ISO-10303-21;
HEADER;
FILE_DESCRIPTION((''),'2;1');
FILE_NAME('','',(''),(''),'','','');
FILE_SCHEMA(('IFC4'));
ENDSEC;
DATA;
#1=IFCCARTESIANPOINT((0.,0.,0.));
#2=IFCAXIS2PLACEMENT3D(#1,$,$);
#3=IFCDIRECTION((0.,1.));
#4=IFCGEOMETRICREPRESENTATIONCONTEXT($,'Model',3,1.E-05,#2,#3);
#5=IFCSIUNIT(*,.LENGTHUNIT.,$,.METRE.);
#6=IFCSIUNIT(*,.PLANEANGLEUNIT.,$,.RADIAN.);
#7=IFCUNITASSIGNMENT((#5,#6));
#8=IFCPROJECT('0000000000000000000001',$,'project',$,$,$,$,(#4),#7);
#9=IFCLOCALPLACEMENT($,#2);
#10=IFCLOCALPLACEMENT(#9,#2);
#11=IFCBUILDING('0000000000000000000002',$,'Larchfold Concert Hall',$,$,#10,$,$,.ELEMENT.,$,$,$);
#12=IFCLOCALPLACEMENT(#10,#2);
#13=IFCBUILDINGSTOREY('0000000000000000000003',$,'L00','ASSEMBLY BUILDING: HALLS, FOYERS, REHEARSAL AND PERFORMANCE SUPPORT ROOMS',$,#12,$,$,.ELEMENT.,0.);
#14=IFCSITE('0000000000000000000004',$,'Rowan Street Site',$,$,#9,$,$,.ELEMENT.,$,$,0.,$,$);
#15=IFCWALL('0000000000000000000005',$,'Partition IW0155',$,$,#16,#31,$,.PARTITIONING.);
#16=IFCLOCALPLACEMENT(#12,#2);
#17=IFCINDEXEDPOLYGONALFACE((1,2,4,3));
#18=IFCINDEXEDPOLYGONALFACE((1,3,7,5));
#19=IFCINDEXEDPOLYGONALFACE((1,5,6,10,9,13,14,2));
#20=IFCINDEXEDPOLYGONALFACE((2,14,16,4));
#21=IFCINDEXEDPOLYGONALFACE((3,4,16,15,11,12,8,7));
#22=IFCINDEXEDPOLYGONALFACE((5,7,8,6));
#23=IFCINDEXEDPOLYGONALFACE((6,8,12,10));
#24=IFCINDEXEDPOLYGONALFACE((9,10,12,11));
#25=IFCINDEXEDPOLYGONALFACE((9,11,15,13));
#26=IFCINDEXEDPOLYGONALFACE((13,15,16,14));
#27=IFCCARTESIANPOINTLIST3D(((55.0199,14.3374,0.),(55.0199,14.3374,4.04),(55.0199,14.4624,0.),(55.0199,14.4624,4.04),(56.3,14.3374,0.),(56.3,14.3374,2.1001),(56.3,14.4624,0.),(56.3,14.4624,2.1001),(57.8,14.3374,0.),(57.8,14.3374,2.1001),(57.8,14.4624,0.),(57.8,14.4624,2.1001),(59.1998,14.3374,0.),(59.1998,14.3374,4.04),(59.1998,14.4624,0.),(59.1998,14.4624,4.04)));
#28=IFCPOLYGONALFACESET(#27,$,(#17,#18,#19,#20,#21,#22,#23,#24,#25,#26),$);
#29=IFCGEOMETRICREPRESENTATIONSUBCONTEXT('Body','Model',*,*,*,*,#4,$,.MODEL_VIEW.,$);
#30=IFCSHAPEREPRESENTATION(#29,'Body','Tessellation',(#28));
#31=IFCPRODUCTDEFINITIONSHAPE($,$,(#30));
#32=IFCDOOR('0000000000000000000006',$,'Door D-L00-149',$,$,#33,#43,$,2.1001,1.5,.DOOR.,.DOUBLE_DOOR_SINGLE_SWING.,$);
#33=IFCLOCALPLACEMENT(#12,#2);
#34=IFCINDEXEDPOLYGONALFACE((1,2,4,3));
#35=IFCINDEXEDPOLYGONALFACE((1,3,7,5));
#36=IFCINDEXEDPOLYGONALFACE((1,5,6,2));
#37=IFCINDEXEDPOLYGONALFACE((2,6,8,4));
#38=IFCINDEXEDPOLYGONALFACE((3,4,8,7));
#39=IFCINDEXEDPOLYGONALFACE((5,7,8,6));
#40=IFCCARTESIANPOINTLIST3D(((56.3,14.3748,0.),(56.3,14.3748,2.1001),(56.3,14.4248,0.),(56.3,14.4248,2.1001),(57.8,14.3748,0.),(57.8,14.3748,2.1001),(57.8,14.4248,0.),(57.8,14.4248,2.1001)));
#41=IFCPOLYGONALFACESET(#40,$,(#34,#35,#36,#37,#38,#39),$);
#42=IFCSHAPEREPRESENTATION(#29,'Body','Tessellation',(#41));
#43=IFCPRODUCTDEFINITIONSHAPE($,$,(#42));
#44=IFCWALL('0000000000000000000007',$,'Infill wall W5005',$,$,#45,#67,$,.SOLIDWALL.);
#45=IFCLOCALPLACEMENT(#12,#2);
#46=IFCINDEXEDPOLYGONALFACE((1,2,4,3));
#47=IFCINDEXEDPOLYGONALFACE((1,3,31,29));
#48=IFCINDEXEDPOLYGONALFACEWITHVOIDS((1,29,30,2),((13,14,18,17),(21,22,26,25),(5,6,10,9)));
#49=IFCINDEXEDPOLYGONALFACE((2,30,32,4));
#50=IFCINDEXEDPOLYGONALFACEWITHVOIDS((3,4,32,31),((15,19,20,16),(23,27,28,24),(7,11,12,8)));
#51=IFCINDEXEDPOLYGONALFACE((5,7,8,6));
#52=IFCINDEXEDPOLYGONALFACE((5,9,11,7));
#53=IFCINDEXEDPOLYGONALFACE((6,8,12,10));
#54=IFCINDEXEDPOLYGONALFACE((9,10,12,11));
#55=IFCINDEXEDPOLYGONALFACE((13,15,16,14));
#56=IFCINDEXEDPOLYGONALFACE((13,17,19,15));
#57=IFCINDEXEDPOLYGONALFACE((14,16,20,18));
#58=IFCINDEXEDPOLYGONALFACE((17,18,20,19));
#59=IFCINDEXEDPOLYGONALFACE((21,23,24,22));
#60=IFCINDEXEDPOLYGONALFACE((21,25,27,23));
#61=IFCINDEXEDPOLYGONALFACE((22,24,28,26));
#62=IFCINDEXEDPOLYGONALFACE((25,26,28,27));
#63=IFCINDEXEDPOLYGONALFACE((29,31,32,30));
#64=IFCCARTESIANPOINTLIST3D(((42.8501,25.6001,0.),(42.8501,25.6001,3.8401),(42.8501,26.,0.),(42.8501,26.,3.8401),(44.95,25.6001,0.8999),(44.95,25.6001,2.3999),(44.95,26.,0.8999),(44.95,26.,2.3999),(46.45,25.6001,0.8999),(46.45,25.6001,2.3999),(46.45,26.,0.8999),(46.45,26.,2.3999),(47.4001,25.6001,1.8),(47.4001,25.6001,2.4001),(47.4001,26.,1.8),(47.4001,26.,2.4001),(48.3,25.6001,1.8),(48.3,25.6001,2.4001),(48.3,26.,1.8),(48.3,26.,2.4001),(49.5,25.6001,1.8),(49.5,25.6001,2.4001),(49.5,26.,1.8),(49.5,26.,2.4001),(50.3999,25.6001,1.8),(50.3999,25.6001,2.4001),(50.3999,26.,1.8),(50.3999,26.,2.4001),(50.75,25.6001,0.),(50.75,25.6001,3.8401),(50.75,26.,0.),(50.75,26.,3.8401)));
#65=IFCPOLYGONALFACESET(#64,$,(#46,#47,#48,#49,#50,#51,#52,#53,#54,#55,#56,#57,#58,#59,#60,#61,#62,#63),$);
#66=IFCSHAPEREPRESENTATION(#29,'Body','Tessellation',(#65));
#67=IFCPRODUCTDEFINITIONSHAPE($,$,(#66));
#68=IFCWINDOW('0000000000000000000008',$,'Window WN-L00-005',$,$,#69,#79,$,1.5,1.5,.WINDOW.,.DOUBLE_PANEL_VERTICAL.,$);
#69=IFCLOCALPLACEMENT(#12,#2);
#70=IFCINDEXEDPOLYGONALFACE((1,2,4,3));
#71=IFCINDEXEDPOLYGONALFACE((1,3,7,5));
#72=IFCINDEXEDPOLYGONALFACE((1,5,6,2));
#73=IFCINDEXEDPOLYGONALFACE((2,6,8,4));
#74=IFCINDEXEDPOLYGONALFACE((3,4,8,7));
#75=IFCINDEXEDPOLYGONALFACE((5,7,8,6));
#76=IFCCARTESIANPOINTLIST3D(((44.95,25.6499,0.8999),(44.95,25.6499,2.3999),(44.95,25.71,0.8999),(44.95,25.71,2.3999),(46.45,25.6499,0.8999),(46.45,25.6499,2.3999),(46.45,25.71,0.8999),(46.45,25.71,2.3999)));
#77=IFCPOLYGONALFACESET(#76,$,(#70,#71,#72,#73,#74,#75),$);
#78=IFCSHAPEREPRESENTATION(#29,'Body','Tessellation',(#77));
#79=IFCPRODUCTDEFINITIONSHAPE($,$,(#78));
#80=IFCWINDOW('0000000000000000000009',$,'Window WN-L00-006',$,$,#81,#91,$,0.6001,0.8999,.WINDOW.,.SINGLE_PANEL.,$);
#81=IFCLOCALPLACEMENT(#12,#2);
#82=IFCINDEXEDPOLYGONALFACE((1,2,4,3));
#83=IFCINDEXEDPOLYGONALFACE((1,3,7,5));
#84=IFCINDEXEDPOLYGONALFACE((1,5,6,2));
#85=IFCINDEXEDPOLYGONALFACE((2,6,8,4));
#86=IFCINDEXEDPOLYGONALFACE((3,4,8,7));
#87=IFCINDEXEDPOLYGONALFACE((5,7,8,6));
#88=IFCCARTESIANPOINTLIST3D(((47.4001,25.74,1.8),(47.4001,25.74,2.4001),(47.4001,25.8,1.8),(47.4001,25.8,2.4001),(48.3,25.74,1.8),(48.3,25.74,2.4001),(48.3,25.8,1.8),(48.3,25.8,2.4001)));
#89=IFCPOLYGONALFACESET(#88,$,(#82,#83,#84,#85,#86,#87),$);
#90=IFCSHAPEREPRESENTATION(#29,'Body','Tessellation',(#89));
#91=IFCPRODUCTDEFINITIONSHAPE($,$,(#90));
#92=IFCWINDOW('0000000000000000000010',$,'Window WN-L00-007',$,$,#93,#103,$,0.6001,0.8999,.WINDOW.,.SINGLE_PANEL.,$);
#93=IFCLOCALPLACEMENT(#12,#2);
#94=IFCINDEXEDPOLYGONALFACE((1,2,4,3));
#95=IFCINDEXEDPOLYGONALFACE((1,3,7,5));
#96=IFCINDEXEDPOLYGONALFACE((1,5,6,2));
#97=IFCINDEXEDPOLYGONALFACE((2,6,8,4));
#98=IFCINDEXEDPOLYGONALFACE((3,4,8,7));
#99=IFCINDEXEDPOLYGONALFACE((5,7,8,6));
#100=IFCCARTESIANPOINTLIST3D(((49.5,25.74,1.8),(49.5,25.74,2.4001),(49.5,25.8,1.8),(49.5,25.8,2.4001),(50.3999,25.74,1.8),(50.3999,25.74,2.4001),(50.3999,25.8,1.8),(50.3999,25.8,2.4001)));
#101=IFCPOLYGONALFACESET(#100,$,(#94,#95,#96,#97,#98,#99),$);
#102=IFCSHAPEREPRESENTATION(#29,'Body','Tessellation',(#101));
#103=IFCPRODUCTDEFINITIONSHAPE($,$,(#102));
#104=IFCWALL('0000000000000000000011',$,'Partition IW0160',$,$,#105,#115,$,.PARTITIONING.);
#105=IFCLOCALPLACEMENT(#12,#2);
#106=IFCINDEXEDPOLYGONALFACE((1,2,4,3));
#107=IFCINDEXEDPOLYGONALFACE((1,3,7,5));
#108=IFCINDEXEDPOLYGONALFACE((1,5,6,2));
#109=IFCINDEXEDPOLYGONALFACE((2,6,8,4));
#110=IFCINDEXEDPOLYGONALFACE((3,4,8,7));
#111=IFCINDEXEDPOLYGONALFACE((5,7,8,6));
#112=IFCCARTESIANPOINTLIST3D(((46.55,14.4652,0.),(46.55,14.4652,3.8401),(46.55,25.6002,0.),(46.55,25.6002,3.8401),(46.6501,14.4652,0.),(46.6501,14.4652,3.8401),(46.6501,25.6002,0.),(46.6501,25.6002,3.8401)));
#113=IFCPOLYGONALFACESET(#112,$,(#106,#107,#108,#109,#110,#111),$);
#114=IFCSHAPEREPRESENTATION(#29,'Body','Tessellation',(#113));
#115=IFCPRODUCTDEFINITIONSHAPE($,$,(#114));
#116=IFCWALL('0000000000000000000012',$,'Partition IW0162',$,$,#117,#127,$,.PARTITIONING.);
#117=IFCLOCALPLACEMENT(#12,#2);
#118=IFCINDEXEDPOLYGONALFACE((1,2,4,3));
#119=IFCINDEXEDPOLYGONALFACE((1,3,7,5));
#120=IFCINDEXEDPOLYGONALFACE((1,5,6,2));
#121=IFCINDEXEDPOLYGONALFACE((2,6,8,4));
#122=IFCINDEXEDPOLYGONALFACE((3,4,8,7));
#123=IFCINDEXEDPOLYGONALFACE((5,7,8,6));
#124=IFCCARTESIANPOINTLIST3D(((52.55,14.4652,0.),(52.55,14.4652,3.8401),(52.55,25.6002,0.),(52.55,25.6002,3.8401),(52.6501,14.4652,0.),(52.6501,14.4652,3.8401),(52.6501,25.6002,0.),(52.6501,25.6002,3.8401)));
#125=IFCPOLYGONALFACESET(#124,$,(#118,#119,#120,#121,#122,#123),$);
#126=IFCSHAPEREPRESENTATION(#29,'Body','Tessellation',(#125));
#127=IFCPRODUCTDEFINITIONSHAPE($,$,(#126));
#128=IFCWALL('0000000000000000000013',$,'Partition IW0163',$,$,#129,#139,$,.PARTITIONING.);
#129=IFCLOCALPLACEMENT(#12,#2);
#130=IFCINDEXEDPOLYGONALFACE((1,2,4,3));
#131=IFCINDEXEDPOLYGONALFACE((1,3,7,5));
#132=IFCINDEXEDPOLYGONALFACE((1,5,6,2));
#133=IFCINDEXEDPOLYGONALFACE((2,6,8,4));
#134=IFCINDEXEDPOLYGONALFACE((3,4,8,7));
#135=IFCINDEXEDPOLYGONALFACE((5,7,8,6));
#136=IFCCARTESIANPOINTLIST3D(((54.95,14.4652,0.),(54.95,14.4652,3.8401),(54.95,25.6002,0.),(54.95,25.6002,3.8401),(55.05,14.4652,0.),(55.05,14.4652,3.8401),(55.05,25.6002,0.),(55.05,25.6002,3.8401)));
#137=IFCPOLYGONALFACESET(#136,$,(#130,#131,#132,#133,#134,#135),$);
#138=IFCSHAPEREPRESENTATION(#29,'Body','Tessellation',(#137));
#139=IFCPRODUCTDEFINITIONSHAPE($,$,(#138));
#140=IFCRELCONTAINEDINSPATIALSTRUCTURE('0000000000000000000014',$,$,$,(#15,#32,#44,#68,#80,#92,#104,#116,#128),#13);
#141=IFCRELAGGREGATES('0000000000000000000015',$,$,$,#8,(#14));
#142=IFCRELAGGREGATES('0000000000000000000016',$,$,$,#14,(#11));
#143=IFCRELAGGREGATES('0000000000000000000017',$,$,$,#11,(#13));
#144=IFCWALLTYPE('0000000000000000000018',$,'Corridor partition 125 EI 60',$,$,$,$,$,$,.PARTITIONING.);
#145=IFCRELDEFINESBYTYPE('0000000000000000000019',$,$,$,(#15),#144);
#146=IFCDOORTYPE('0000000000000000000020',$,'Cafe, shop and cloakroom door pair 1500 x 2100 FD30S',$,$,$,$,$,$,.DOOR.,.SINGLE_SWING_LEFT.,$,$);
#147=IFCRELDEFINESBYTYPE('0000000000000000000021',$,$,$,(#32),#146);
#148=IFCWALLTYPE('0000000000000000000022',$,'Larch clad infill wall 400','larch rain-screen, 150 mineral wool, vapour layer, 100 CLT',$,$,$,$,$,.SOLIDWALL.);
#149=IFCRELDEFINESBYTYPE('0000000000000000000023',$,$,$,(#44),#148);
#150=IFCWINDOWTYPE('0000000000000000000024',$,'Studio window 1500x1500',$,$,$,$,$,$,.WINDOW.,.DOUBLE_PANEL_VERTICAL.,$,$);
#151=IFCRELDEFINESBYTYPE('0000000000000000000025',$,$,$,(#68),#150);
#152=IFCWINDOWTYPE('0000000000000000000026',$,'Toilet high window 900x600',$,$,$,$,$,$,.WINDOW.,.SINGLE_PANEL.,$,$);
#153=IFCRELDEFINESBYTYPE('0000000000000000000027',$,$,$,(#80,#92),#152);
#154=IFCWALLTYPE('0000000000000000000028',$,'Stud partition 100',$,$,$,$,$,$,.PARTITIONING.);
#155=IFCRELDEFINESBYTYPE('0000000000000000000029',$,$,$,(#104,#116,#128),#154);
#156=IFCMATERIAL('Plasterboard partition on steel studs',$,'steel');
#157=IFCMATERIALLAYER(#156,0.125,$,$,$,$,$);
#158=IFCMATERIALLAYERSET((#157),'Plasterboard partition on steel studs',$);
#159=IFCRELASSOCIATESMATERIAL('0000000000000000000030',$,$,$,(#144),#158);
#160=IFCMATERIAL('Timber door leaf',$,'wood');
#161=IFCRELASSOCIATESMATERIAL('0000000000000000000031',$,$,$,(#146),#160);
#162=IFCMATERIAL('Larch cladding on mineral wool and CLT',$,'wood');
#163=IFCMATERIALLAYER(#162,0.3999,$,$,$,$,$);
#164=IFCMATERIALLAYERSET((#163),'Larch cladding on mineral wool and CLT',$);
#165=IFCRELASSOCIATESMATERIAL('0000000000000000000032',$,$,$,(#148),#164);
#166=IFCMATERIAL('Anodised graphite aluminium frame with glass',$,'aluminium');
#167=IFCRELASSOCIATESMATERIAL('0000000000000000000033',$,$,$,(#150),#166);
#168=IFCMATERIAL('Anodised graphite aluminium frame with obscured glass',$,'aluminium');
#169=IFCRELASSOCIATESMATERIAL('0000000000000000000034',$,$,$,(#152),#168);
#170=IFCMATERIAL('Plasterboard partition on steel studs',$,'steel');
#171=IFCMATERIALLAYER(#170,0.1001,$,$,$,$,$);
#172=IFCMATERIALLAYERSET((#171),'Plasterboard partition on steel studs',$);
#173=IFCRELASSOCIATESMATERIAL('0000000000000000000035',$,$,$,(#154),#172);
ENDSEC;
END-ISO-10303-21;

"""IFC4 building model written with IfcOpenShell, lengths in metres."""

from ifc_helpers import new_model, si_unit, direction, frame, frame_2d, origin, place, context, subcontext, project, spatial, rectangle, extrude, material, layer, layer_set, type_object, element, fill, save


model = new_model("IFC4")

# Units and contexts
model_context = context("Model", 3, precision=1e-05, world=origin(), true_north=direction((0.0, 1.0)))
body_context = subcontext(model_context, "Body", "Model", "MODEL_VIEW")
ifc_project = project(units=[si_unit("LENGTHUNIT", "METRE"), si_unit("PLANEANGLEUNIT", "RADIAN")], contexts=[model_context])

# Site, building, storey
site_placement = place(None, origin())
site = spatial("IfcSite", under=ifc_project, at=site_placement, Name="Rowan Street Site", CompositionType="ELEMENT", RefElevation=0.0)
building_placement = place(site_placement, origin())
building = spatial("IfcBuilding", under=site, at=building_placement, Name="Larchfold Concert Hall", CompositionType="ELEMENT")
storey_placement = place(building_placement, origin())
storey = spatial("IfcBuildingStorey", under=building, at=storey_placement, Name="L00", Description="ASSEMBLY BUILDING: HALLS, FOYERS, REHEARSAL AND PERFORMANCE SUPPORT ROOMS", CompositionType="ELEMENT", Elevation=0.0)

# Shared definitions
ifc_material_1 = material(Name="Plasterboard partition on steel studs", Category="steel")
ifc_layer_1 = layer(ifc_material_1, 0.125)
ifc_layer_set_1 = layer_set([ifc_layer_1], Name="Plasterboard partition on steel studs")
wall_type_1 = type_object("IfcWallType", Name="Corridor partition 125 EI 60", PredefinedType="PARTITIONING", material=ifc_layer_set_1)

# Wall, opening, door
wall_1_placement = place(storey_placement, frame((55.02, 14.3999, 0.0), z_axis=(0.0, 0.0, 1.0), x_axis=(1.0, 0.0, 0.0)))
wall_1 = element("IfcWall", 1, at=wall_1_placement, inside=storey, type_object=wall_type_1, Name="Partition IW0155", PredefinedType="PARTITIONING", context=body_context, shape_type="SweptSolid", body=[
    extrude(rectangle(XDim=4.1799, YDim=0.125, at=frame_2d((2.0898, 0.0))), origin(), (0.0, 0.0, 1.0), 4.04),
])
opening_1_placement = place(wall_1_placement, frame((1.28, 0.0, 0.0)))
opening_1 = element("IfcOpeningElement", 2, at=opening_1_placement, cuts=wall_1, PredefinedType="OPENING", context=body_context, shape_type="SweptSolid", body=[
    extrude(rectangle(XDim=1.5, YDim=2.1001, at=frame_2d((0.75, 1.05))), frame((0.0, 0.0725, 0.0), z_axis=(0.0, -1.0, 0.0), x_axis=(1.0, 0.0, 0.0)), (0.0, 0.0, 1.0), 0.145),
])
ifc_material_2 = material(Name="Timber door leaf", Category="wood")
door_type_1 = type_object("IfcDoorType", Name="Cafe, shop and cloakroom door pair 1500 x 2100 FD30S", OperationType="SINGLE_SWING_LEFT", PredefinedType="DOOR", material=ifc_material_2)
door_1_placement = place(opening_1_placement, origin())
door_1 = element("IfcDoor", 3, at=door_1_placement, inside=storey, type_object=door_type_1, Name="Door D-L00-149", OperationType="DOUBLE_DOOR_SINGLE_SWING", OverallHeight=2.1001, OverallWidth=1.5, PredefinedType="DOOR", context=body_context, shape_type="SweptSolid", body=[
    extrude(rectangle(XDim=1.5, YDim=2.1001, at=frame_2d((0.75, 1.05))), frame((0.0, 0.0249, 0.0), z_axis=(0.0, -1.0, 0.0), x_axis=(1.0, 0.0, 0.0)), (0.0, 0.0, 1.0), 0.05),
])
fill(opening_1, door_1)

# Wall, openings, windows
ifc_material_3 = material(Name="Larch cladding on mineral wool and CLT", Category="wood")
ifc_layer_2 = layer(ifc_material_3, 0.3999)
ifc_layer_set_2 = layer_set([ifc_layer_2], Name="Larch cladding on mineral wool and CLT")
wall_type_2 = type_object("IfcWallType", Name="Larch clad infill wall 400", Description="larch rain-screen, 150 mineral wool, vapour layer, 100 CLT", PredefinedType="SOLIDWALL", material=ifc_layer_set_2)
wall_2_placement = place(storey_placement, frame((50.75, 25.8, 0.0), z_axis=(0.0, 0.0, 1.0), x_axis=(-1.0, 0.0, 0.0)))
wall_2 = element("IfcWall", 4, at=wall_2_placement, inside=storey, type_object=wall_type_2, Name="Infill wall W5005", PredefinedType="SOLIDWALL", context=body_context, shape_type="SweptSolid", body=[
    extrude(rectangle(XDim=7.8999, YDim=0.3999, at=frame_2d((3.95, 0.0))), origin(), (0.0, 0.0, 1.0), 3.8401),
])
opening_2_placement = place(wall_2_placement, frame((4.3, 0.0, 0.8999)))
opening_2 = element("IfcOpeningElement", 5, at=opening_2_placement, cuts=wall_2, PredefinedType="OPENING", context=body_context, shape_type="SweptSolid", body=[
    extrude(rectangle(XDim=1.5, YDim=1.5, at=frame_2d((0.75, 0.75))), frame((0.0, 0.21, 0.0), z_axis=(0.0, -1.0, 0.0), x_axis=(1.0, 0.0, 0.0)), (0.0, 0.0, 1.0), 0.4199),
])
opening_3_placement = place(wall_2_placement, frame((2.45, 0.0, 1.8)))
opening_3 = element("IfcOpeningElement", 6, at=opening_3_placement, cuts=wall_2, PredefinedType="OPENING", context=body_context, shape_type="SweptSolid", body=[
    extrude(rectangle(XDim=0.8999, YDim=0.6001, at=frame_2d((0.45, 0.3))), frame((0.0, 0.21, 0.0), z_axis=(0.0, -1.0, 0.0), x_axis=(1.0, 0.0, 0.0)), (0.0, 0.0, 1.0), 0.4199),
])
opening_4_placement = place(wall_2_placement, frame((0.3501, 0.0, 1.8)))
opening_4 = element("IfcOpeningElement", 7, at=opening_4_placement, cuts=wall_2, PredefinedType="OPENING", context=body_context, shape_type="SweptSolid", body=[
    extrude(rectangle(XDim=0.8999, YDim=0.6001, at=frame_2d((0.45, 0.3))), frame((0.0, 0.21, 0.0), z_axis=(0.0, -1.0, 0.0), x_axis=(1.0, 0.0, 0.0)), (0.0, 0.0, 1.0), 0.4199),
])
ifc_material_4 = material(Name="Anodised graphite aluminium frame with glass", Category="aluminium")
window_type_1 = type_object("IfcWindowType", Name="Studio window 1500x1500", PartitioningType="DOUBLE_PANEL_VERTICAL", PredefinedType="WINDOW", material=ifc_material_4)
window_1_placement = place(opening_2_placement, origin())
window_1 = element("IfcWindow", 8, at=window_1_placement, inside=storey, type_object=window_type_1, Name="Window WN-L00-005", OverallHeight=1.5, OverallWidth=1.5, PartitioningType="DOUBLE_PANEL_VERTICAL", PredefinedType="WINDOW", context=body_context, shape_type="SweptSolid", body=[
    extrude(rectangle(XDim=1.5, YDim=1.5, at=frame_2d((0.75, 0.75))), frame((0.0, 0.1501, 0.0), z_axis=(0.0, -1.0, 0.0), x_axis=(1.0, 0.0, 0.0)), (0.0, 0.0, 1.0), 0.0601),
])
fill(opening_2, window_1)
ifc_material_5 = material(Name="Anodised graphite aluminium frame with obscured glass", Category="aluminium")
window_type_2 = type_object("IfcWindowType", Name="Toilet high window 900x600", PartitioningType="SINGLE_PANEL", PredefinedType="WINDOW", material=ifc_material_5)
window_2_placement = place(opening_3_placement, origin())
window_2 = element("IfcWindow", 9, at=window_2_placement, inside=storey, type_object=window_type_2, Name="Window WN-L00-006", OverallHeight=0.6001, OverallWidth=0.8999, PartitioningType="SINGLE_PANEL", PredefinedType="WINDOW", context=body_context, shape_type="SweptSolid", body=[
    extrude(rectangle(XDim=0.8999, YDim=0.6001, at=frame_2d((0.45, 0.3))), frame((0.0, 0.0601, 0.0), z_axis=(0.0, -1.0, 0.0), x_axis=(1.0, 0.0, 0.0)), (0.0, 0.0, 1.0), 0.0601),
])
fill(opening_3, window_2)
window_3_placement = place(opening_4_placement, origin())
window_3 = element("IfcWindow", 10, at=window_3_placement, inside=storey, type_object=window_type_2, Name="Window WN-L00-007", OverallHeight=0.6001, OverallWidth=0.8999, PartitioningType="SINGLE_PANEL", PredefinedType="WINDOW", context=body_context, shape_type="SweptSolid", body=[
    extrude(rectangle(XDim=0.8999, YDim=0.6001, at=frame_2d((0.45, 0.3))), frame((0.0, 0.0601, 0.0), z_axis=(0.0, -1.0, 0.0), x_axis=(1.0, 0.0, 0.0)), (0.0, 0.0, 1.0), 0.0601),
])
fill(opening_4, window_3)

# Walls
ifc_material_6 = material(Name="Plasterboard partition on steel studs", Category="steel")
ifc_layer_3 = layer(ifc_material_6, 0.1001)
ifc_layer_set_3 = layer_set([ifc_layer_3], Name="Plasterboard partition on steel studs")
wall_type_3 = type_object("IfcWallType", Name="Stud partition 100", PredefinedType="PARTITIONING", material=ifc_layer_set_3)
for number, where, z_axis, x_axis, name in (
    (11, (46.6001, 25.6001, 0.0), (0.0, 0.0, 1.0), (0.0, -1.0, 0.0), "Partition IW0160"),
    (12, (52.6001, 25.6001, 0.0), (0.0, 0.0, 1.0), (0.0, -1.0, 0.0), "Partition IW0162"),
    (13, (55.0, 25.6001, 0.0), (0.0, 0.0, 1.0), (0.0, -1.0, 0.0), "Partition IW0163"),
):
    element("IfcWall", number, at=place(storey_placement, frame(where, z_axis=z_axis, x_axis=x_axis)), inside=storey, type_object=wall_type_3, Name=name, PredefinedType="PARTITIONING", context=body_context, shape_type="SweptSolid", body=[
        extrude(rectangle(XDim=11.135, YDim=0.1001, at=frame_2d((5.5674, 0.0))), origin(), (0.0, 0.0, 1.0), 3.8401),
    ])

save(model, "model.ifc")
